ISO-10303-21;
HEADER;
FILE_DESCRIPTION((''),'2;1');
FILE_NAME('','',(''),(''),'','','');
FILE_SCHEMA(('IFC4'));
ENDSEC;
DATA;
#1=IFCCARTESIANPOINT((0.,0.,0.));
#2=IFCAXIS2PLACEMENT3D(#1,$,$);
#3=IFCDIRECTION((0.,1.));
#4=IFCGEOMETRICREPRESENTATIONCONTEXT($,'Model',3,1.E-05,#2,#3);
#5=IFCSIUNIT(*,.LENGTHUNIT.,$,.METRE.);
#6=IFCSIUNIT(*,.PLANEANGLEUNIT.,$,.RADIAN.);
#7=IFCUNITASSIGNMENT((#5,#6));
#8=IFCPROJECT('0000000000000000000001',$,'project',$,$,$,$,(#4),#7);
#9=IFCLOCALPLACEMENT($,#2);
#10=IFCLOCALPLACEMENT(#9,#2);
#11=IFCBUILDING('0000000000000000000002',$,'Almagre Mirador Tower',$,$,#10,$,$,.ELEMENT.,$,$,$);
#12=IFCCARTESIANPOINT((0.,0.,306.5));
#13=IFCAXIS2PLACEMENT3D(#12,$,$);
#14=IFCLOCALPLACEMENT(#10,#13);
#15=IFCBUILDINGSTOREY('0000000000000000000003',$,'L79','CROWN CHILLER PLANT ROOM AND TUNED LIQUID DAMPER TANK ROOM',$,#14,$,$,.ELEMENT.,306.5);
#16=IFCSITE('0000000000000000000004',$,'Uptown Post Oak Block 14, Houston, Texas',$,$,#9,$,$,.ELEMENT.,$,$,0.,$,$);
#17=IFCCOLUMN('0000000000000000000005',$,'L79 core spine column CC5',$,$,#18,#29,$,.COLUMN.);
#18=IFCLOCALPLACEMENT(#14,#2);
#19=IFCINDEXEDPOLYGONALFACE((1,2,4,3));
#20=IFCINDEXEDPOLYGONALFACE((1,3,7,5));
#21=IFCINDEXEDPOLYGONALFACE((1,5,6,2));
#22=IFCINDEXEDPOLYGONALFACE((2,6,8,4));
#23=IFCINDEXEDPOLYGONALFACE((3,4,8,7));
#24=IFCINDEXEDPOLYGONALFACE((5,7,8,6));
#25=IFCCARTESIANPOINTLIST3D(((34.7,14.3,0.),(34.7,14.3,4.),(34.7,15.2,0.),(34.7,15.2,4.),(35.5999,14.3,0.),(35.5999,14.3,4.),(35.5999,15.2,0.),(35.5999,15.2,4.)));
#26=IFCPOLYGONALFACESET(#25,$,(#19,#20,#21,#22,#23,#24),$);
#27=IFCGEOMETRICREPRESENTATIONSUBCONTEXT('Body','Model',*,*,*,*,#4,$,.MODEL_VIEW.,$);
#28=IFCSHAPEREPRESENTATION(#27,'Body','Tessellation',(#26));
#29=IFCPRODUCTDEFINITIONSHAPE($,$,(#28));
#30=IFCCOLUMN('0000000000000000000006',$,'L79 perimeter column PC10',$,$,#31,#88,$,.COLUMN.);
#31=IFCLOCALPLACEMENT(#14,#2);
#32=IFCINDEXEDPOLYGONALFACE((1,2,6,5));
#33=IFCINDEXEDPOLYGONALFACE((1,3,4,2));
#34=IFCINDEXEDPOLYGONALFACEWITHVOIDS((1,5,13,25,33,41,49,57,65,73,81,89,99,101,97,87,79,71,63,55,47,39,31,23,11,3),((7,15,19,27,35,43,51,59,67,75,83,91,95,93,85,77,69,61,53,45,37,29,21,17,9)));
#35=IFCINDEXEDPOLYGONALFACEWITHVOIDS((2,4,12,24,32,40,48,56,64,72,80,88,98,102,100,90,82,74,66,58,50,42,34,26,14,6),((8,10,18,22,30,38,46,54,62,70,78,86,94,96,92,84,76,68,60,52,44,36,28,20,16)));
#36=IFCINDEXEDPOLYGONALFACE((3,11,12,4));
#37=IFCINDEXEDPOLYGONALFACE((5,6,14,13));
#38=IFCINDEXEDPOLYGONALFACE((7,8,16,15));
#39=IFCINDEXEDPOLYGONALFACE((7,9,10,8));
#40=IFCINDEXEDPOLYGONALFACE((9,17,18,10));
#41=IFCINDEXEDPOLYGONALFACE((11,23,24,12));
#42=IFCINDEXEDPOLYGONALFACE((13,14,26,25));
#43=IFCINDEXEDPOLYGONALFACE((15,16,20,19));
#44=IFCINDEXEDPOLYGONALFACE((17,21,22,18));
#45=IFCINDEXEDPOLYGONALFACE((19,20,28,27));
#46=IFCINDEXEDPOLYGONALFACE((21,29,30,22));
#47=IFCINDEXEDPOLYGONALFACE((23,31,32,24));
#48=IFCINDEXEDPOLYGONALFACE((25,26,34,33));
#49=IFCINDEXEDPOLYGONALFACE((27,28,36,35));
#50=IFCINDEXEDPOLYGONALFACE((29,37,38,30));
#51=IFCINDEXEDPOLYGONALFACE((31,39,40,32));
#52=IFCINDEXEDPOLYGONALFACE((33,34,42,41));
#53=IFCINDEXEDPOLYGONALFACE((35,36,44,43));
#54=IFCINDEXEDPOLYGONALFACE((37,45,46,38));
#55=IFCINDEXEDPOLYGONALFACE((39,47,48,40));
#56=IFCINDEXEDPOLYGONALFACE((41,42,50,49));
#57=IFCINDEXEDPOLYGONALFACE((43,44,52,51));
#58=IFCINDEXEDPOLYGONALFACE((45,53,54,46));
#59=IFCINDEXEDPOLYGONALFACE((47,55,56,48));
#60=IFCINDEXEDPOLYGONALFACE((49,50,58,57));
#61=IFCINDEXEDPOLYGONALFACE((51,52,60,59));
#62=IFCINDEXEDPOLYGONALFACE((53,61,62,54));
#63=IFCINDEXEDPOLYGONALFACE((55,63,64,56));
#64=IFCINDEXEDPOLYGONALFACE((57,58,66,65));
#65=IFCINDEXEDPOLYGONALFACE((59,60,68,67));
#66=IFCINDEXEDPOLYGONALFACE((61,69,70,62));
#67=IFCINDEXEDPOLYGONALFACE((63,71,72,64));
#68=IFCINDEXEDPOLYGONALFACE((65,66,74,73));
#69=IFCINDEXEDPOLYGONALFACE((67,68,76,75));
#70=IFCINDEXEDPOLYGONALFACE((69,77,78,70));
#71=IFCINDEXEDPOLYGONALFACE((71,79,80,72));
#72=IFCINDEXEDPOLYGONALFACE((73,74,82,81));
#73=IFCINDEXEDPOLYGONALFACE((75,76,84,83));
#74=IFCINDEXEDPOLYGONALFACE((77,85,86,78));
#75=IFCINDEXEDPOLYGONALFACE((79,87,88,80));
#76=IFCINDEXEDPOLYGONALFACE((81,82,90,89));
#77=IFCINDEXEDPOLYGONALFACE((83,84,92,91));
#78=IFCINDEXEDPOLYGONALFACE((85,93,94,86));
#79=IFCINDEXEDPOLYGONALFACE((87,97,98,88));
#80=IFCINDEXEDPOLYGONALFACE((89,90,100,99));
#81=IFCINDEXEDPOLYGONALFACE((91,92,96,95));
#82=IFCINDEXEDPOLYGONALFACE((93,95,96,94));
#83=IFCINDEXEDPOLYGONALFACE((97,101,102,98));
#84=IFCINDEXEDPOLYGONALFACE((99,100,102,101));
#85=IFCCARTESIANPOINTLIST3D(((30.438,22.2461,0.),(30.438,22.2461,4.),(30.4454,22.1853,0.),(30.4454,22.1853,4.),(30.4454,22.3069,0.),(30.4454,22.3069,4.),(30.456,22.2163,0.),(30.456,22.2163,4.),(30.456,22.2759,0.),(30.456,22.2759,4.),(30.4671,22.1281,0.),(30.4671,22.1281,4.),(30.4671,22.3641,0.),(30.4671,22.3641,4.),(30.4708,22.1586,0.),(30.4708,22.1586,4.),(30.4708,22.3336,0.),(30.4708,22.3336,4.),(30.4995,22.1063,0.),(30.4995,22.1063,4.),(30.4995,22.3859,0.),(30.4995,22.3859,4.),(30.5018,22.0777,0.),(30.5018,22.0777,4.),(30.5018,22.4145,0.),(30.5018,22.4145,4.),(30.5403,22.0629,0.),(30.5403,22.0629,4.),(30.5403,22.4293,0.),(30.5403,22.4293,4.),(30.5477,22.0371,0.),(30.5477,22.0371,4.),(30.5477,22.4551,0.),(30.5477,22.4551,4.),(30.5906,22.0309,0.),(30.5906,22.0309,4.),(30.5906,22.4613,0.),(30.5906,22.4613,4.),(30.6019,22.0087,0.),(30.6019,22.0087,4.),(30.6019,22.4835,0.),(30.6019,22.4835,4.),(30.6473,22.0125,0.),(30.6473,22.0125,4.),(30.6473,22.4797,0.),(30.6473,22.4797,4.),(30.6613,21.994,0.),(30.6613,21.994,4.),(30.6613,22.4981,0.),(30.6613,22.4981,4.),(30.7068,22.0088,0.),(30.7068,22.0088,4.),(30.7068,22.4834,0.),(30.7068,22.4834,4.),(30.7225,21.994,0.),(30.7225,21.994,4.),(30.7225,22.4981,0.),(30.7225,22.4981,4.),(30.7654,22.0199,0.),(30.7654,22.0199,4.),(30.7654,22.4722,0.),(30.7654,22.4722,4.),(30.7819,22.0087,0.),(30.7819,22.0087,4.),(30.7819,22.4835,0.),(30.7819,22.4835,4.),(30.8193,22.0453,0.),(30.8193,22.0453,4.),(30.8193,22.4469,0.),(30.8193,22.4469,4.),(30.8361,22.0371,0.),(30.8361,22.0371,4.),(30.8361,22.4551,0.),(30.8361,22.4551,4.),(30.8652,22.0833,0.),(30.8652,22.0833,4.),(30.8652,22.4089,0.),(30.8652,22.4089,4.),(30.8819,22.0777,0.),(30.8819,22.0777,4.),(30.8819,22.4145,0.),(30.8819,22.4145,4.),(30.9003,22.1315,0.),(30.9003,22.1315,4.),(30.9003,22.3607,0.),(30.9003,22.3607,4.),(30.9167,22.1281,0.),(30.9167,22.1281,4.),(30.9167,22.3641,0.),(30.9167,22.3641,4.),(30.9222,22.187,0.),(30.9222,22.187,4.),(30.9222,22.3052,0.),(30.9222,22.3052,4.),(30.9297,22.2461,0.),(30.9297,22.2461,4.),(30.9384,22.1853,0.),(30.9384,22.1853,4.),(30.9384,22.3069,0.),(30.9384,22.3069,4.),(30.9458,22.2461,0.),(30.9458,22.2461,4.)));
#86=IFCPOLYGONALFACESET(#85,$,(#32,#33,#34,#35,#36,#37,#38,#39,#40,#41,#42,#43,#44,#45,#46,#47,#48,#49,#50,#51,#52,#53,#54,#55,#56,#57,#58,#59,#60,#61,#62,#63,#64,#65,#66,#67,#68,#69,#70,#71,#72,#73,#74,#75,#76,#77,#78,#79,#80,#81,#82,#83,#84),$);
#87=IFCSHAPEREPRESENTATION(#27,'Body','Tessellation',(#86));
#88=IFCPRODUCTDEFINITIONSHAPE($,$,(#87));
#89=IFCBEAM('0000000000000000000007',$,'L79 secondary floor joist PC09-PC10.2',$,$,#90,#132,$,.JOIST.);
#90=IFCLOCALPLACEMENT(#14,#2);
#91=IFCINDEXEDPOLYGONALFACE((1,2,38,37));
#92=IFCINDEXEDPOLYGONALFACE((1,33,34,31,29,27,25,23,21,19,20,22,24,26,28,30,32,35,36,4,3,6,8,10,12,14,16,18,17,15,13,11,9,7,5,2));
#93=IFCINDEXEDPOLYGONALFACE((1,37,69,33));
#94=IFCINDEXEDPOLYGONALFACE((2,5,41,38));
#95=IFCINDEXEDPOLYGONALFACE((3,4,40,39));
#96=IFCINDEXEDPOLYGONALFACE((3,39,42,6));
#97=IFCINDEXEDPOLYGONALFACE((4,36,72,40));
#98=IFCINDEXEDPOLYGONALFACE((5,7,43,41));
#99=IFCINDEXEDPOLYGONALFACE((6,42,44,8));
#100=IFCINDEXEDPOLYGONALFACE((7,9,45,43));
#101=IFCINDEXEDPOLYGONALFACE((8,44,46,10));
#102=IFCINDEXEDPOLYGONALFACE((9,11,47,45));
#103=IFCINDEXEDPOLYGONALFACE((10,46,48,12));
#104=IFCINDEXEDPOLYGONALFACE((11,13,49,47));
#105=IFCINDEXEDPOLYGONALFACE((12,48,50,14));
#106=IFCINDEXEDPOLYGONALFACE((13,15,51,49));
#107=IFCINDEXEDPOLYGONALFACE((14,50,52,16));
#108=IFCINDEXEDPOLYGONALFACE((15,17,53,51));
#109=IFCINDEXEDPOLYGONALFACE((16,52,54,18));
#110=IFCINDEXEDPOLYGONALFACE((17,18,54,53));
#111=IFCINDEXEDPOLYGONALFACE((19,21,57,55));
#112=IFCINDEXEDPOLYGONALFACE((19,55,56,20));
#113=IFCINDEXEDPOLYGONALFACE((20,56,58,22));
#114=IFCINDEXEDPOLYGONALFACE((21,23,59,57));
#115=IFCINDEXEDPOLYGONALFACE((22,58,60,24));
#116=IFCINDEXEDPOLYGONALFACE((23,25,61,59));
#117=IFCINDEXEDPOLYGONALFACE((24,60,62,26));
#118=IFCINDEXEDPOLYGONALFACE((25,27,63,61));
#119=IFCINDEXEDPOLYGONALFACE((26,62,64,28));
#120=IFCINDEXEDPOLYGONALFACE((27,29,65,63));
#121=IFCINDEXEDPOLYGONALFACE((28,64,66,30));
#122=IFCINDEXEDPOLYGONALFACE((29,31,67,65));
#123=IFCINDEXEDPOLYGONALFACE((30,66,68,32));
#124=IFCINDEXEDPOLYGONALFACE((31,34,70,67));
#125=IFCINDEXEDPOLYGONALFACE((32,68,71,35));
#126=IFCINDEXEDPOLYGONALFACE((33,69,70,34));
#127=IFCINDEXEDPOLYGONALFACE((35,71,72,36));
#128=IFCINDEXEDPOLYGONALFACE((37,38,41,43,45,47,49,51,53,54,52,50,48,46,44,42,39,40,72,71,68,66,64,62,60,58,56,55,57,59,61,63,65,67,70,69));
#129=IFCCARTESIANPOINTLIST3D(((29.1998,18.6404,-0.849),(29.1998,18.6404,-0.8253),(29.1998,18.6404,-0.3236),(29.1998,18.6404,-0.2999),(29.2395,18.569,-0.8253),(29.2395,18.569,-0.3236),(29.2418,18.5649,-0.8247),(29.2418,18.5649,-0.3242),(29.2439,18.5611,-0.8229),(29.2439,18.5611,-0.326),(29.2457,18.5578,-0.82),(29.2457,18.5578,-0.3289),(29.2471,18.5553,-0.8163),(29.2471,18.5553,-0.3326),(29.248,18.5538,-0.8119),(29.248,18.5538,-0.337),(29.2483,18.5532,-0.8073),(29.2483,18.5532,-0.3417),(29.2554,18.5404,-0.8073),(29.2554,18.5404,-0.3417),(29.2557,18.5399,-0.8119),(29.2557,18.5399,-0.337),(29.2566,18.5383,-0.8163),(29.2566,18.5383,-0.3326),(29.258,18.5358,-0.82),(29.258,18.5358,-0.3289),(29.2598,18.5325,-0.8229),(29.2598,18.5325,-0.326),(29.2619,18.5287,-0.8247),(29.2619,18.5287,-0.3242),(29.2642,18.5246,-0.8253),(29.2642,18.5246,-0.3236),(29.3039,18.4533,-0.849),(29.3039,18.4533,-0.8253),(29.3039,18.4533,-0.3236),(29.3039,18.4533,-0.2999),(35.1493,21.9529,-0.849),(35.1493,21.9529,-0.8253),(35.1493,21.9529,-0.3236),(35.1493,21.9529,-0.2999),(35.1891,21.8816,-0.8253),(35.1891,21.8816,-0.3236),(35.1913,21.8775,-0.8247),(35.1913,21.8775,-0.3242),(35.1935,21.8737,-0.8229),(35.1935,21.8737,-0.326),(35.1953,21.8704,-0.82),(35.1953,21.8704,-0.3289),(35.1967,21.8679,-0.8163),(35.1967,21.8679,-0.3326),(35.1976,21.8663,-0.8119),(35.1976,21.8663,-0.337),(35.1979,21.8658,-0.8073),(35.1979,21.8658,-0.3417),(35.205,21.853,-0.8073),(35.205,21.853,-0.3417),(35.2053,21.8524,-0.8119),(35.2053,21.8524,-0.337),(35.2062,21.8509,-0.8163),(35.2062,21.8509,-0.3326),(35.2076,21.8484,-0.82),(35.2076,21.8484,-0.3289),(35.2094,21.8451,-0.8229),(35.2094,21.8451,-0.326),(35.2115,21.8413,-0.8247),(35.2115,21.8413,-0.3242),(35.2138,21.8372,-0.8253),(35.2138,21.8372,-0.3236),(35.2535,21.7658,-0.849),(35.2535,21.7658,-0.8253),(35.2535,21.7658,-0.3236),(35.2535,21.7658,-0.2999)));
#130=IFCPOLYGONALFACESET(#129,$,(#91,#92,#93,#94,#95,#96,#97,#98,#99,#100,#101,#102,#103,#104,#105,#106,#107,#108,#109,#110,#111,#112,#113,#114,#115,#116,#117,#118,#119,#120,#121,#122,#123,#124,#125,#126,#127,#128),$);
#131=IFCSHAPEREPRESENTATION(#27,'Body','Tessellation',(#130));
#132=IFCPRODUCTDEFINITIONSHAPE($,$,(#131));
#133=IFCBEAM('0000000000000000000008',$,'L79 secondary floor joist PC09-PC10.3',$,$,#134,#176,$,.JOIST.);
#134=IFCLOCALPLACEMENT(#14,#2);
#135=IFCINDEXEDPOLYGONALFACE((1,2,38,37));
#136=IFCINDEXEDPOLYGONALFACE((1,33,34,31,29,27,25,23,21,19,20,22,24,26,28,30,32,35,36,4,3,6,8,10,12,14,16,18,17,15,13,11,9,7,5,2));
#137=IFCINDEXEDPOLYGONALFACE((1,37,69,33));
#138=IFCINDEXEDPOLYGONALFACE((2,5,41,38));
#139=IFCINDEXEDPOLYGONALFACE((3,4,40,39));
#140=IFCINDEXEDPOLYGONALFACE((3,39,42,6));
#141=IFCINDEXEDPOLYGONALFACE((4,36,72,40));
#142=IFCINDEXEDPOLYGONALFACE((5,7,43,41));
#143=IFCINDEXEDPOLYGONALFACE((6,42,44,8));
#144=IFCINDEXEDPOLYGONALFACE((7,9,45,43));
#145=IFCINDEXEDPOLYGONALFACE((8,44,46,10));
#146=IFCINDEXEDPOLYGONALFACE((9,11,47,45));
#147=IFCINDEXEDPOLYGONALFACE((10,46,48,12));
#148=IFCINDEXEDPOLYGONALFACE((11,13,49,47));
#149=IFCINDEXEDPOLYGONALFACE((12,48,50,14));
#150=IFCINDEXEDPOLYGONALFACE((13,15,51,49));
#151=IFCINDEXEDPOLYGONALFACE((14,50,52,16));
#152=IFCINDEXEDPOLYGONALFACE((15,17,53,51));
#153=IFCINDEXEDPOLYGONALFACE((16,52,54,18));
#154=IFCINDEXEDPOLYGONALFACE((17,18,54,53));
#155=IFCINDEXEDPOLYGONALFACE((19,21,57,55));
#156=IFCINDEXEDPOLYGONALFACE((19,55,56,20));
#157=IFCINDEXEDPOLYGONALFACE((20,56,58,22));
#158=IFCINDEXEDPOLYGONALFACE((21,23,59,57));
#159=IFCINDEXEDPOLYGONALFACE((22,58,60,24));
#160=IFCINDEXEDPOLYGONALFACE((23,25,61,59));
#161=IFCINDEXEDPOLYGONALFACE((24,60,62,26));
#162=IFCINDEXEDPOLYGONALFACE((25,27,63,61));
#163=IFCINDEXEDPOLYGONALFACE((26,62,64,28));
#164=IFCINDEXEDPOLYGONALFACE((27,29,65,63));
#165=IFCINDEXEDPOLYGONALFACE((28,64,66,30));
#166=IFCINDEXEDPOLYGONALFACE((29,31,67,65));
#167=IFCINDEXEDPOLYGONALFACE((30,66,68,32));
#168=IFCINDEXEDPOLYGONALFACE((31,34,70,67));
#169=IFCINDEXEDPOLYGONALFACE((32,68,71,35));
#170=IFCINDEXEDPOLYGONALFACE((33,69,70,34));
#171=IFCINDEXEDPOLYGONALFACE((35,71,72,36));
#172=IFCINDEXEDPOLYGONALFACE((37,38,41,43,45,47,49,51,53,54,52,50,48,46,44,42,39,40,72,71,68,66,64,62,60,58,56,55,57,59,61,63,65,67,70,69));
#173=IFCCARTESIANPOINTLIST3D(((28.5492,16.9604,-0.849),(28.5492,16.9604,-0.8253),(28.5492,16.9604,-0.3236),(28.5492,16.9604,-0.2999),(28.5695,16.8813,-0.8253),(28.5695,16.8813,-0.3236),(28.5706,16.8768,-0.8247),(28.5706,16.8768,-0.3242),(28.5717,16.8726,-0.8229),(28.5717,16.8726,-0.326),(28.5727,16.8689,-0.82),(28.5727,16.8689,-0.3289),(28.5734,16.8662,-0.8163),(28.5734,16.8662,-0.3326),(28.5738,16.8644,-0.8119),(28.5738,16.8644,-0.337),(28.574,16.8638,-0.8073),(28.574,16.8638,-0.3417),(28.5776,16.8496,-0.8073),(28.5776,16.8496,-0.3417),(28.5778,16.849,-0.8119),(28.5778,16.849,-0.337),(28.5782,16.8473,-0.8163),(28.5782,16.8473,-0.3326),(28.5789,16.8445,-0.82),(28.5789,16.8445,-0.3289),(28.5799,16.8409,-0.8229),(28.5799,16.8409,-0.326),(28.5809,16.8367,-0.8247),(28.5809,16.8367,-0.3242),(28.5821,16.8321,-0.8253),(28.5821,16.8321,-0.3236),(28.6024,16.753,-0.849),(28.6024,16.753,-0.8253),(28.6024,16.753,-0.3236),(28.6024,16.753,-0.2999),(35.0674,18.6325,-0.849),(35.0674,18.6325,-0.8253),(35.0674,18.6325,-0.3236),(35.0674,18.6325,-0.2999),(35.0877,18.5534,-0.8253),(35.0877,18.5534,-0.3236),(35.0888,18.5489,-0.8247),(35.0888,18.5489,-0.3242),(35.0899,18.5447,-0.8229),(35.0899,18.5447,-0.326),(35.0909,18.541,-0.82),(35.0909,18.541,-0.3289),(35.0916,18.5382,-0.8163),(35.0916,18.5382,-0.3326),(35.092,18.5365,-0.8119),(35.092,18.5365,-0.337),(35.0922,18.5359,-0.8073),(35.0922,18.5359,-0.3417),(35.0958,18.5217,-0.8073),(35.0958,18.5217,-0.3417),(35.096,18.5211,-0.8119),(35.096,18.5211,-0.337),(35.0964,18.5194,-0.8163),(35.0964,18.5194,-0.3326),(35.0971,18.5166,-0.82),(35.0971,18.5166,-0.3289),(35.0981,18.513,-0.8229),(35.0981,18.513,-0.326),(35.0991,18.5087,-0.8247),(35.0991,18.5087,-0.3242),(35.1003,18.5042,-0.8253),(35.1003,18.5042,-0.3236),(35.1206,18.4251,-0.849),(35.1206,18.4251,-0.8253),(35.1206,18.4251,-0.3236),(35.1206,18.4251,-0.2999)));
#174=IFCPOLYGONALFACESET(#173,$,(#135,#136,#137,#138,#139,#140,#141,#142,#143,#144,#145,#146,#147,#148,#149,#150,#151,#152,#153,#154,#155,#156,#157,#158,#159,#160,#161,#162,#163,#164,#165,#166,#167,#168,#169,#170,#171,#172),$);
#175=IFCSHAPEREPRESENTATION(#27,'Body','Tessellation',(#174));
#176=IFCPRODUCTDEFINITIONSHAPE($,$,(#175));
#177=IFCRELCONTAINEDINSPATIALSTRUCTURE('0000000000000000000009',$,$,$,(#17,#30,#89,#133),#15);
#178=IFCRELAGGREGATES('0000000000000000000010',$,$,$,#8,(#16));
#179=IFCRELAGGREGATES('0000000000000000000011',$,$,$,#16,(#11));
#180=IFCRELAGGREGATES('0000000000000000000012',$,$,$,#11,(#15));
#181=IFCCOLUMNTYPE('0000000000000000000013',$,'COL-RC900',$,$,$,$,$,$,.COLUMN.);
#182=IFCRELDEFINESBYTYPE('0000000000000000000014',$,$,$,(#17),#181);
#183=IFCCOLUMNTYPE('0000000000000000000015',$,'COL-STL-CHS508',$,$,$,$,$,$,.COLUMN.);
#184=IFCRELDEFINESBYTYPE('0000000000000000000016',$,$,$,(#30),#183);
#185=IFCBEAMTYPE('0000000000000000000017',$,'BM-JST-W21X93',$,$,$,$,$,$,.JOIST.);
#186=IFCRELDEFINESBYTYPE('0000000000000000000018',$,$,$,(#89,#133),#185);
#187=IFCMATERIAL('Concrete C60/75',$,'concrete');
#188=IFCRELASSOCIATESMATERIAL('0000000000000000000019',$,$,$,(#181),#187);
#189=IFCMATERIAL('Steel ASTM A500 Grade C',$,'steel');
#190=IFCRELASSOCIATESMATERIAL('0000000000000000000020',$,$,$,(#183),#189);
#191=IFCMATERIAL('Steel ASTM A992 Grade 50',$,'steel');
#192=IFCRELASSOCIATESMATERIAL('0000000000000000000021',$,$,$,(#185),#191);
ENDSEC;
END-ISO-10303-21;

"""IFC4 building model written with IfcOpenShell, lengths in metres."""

from ifc_helpers import new_model, si_unit, direction, frame, origin, origin_2d, place, context, subcontext, project, spatial, rectangle, hollow_circle, i_section, extrude, material, material_profile, profile_set, type_object, element, save


model = new_model("IFC4")

# Units and contexts
model_context = context("Model", 3, precision=1e-05, world=origin(), true_north=direction((0.0, 1.0)))
body_context = subcontext(model_context, "Body", "Model", "MODEL_VIEW")
ifc_project = project(units=[si_unit("LENGTHUNIT", "METRE"), si_unit("PLANEANGLEUNIT", "RADIAN")], contexts=[model_context])

# Site, building, storey
site_placement = place(None, origin())
site = spatial("IfcSite", under=ifc_project, at=site_placement, Name="Uptown Post Oak Block 14, Houston, Texas", CompositionType="ELEMENT", RefElevation=0.0)
building_placement = place(site_placement, origin())
building = spatial("IfcBuilding", under=site, at=building_placement, Name="Almagre Mirador Tower", CompositionType="ELEMENT")
storey_placement = place(building_placement, frame((0.0, 0.0, 306.5)))
storey = spatial("IfcBuildingStorey", under=building, at=storey_placement, Name="L79", Description="CROWN CHILLER PLANT ROOM AND TUNED LIQUID DAMPER TANK ROOM", CompositionType="ELEMENT", Elevation=306.5)

# Columns
ifc_material_1 = material(Name="Concrete C60/75", Category="concrete")
ifc_material_profile_1 = material_profile(ifc_material_1, rectangle(XDim=0.8999, YDim=0.8999, at=origin_2d()), Name="RC900X900")
ifc_profile_set_1 = profile_set([ifc_material_profile_1], Name="Concrete C60/75")
column_type_1 = type_object("IfcColumnType", Name="COL-RC900", PredefinedType="COLUMN", material=ifc_profile_set_1)
column_1_placement = place(storey_placement, frame((35.1499, 14.75, 0.0), z_axis=(0.0, 0.0, 1.0), x_axis=(1.0, 0.0, 0.0)))
element("IfcColumn", 1, at=column_1_placement, inside=storey, type_object=column_type_1, Name="L79 core spine column CC5", PredefinedType="COLUMN", context=body_context, shape_type="SweptSolid", body=[
    extrude(rectangle(XDim=0.8999, YDim=0.8999, at=origin_2d()), origin(), (0.0, 0.0, 1.0), 4.0),
])
ifc_material_2 = material(Name="Steel ASTM A500 Grade C", Category="steel")
ifc_material_profile_2 = material_profile(ifc_material_2, hollow_circle(Radius=0.2539, WallThickness=0.0161, at=origin_2d()), Name="CHS508X16")
ifc_profile_set_2 = profile_set([ifc_material_profile_2], Name="Steel ASTM A500 Grade C")
column_type_2 = type_object("IfcColumnType", Name="COL-STL-CHS508", PredefinedType="COLUMN", material=ifc_profile_set_2)
column_2_placement = place(storey_placement, frame((30.6919, 22.2461, 0.0), z_axis=(0.0, 0.0, 1.0), x_axis=(1.0, 0.0, 0.0)))
element("IfcColumn", 2, at=column_2_placement, inside=storey, type_object=column_type_2, Name="L79 perimeter column PC10", PredefinedType="COLUMN", context=body_context, shape_type="SweptSolid", body=[
    extrude(hollow_circle(Radius=0.2539, WallThickness=0.0161, at=origin_2d()), origin(), (0.0, 0.0, 1.0), 4.0),
])

# Beams
ifc_material_3 = material(Name="Steel ASTM A992 Grade 50", Category="steel")
ifc_material_profile_3 = material_profile(ifc_material_3, i_section(OverallWidth=0.2141, OverallDepth=0.5491, WebThickness=0.0146, FlangeThickness=0.0237, FilletRadius=0.0181, at=origin_2d()), Name="W21X93")
ifc_profile_set_3 = profile_set([ifc_material_profile_3], Name="Steel ASTM A992 Grade 50")
beam_type_1 = type_object("IfcBeamType", Name="BM-JST-W21X93", PredefinedType="JOIST", material=ifc_profile_set_3)
beam_1_placement = place(storey_placement, frame((35.2014, 21.8594, -0.5745), z_axis=(-0.873705, -0.486456, 0.0), x_axis=(0.486456, -0.873705, 0.0)))
element("IfcBeam", 3, at=beam_1_placement, inside=storey, type_object=beam_type_1, Name="L79 secondary floor joist PC09-PC10.2", PredefinedType="JOIST", context=body_context, shape_type="SweptSolid", body=[
    extrude(i_section(OverallWidth=0.2141, OverallDepth=0.5491, WebThickness=0.0146, FlangeThickness=0.0237, FilletRadius=0.0181, at=origin_2d()), origin(), (0.0, 0.0, 1.0), 6.8096),
])
beam_2_placement = place(storey_placement, frame((35.094, 18.5288, -0.5745), z_axis=(-0.968637, -0.248481, 0.0), x_axis=(0.248481, -0.968637, 0.0)))
element("IfcBeam", 4, at=beam_2_placement, inside=storey, type_object=beam_type_1, Name="L79 secondary floor joist PC09-PC10.3", PredefinedType="JOIST", context=body_context, shape_type="SweptSolid", body=[
    extrude(i_section(OverallWidth=0.2141, OverallDepth=0.5491, WebThickness=0.0146, FlangeThickness=0.0237, FilletRadius=0.0181, at=origin_2d()), origin(), (0.0, 0.0, 1.0), 6.7292),
])

save(model, "model.ifc")
